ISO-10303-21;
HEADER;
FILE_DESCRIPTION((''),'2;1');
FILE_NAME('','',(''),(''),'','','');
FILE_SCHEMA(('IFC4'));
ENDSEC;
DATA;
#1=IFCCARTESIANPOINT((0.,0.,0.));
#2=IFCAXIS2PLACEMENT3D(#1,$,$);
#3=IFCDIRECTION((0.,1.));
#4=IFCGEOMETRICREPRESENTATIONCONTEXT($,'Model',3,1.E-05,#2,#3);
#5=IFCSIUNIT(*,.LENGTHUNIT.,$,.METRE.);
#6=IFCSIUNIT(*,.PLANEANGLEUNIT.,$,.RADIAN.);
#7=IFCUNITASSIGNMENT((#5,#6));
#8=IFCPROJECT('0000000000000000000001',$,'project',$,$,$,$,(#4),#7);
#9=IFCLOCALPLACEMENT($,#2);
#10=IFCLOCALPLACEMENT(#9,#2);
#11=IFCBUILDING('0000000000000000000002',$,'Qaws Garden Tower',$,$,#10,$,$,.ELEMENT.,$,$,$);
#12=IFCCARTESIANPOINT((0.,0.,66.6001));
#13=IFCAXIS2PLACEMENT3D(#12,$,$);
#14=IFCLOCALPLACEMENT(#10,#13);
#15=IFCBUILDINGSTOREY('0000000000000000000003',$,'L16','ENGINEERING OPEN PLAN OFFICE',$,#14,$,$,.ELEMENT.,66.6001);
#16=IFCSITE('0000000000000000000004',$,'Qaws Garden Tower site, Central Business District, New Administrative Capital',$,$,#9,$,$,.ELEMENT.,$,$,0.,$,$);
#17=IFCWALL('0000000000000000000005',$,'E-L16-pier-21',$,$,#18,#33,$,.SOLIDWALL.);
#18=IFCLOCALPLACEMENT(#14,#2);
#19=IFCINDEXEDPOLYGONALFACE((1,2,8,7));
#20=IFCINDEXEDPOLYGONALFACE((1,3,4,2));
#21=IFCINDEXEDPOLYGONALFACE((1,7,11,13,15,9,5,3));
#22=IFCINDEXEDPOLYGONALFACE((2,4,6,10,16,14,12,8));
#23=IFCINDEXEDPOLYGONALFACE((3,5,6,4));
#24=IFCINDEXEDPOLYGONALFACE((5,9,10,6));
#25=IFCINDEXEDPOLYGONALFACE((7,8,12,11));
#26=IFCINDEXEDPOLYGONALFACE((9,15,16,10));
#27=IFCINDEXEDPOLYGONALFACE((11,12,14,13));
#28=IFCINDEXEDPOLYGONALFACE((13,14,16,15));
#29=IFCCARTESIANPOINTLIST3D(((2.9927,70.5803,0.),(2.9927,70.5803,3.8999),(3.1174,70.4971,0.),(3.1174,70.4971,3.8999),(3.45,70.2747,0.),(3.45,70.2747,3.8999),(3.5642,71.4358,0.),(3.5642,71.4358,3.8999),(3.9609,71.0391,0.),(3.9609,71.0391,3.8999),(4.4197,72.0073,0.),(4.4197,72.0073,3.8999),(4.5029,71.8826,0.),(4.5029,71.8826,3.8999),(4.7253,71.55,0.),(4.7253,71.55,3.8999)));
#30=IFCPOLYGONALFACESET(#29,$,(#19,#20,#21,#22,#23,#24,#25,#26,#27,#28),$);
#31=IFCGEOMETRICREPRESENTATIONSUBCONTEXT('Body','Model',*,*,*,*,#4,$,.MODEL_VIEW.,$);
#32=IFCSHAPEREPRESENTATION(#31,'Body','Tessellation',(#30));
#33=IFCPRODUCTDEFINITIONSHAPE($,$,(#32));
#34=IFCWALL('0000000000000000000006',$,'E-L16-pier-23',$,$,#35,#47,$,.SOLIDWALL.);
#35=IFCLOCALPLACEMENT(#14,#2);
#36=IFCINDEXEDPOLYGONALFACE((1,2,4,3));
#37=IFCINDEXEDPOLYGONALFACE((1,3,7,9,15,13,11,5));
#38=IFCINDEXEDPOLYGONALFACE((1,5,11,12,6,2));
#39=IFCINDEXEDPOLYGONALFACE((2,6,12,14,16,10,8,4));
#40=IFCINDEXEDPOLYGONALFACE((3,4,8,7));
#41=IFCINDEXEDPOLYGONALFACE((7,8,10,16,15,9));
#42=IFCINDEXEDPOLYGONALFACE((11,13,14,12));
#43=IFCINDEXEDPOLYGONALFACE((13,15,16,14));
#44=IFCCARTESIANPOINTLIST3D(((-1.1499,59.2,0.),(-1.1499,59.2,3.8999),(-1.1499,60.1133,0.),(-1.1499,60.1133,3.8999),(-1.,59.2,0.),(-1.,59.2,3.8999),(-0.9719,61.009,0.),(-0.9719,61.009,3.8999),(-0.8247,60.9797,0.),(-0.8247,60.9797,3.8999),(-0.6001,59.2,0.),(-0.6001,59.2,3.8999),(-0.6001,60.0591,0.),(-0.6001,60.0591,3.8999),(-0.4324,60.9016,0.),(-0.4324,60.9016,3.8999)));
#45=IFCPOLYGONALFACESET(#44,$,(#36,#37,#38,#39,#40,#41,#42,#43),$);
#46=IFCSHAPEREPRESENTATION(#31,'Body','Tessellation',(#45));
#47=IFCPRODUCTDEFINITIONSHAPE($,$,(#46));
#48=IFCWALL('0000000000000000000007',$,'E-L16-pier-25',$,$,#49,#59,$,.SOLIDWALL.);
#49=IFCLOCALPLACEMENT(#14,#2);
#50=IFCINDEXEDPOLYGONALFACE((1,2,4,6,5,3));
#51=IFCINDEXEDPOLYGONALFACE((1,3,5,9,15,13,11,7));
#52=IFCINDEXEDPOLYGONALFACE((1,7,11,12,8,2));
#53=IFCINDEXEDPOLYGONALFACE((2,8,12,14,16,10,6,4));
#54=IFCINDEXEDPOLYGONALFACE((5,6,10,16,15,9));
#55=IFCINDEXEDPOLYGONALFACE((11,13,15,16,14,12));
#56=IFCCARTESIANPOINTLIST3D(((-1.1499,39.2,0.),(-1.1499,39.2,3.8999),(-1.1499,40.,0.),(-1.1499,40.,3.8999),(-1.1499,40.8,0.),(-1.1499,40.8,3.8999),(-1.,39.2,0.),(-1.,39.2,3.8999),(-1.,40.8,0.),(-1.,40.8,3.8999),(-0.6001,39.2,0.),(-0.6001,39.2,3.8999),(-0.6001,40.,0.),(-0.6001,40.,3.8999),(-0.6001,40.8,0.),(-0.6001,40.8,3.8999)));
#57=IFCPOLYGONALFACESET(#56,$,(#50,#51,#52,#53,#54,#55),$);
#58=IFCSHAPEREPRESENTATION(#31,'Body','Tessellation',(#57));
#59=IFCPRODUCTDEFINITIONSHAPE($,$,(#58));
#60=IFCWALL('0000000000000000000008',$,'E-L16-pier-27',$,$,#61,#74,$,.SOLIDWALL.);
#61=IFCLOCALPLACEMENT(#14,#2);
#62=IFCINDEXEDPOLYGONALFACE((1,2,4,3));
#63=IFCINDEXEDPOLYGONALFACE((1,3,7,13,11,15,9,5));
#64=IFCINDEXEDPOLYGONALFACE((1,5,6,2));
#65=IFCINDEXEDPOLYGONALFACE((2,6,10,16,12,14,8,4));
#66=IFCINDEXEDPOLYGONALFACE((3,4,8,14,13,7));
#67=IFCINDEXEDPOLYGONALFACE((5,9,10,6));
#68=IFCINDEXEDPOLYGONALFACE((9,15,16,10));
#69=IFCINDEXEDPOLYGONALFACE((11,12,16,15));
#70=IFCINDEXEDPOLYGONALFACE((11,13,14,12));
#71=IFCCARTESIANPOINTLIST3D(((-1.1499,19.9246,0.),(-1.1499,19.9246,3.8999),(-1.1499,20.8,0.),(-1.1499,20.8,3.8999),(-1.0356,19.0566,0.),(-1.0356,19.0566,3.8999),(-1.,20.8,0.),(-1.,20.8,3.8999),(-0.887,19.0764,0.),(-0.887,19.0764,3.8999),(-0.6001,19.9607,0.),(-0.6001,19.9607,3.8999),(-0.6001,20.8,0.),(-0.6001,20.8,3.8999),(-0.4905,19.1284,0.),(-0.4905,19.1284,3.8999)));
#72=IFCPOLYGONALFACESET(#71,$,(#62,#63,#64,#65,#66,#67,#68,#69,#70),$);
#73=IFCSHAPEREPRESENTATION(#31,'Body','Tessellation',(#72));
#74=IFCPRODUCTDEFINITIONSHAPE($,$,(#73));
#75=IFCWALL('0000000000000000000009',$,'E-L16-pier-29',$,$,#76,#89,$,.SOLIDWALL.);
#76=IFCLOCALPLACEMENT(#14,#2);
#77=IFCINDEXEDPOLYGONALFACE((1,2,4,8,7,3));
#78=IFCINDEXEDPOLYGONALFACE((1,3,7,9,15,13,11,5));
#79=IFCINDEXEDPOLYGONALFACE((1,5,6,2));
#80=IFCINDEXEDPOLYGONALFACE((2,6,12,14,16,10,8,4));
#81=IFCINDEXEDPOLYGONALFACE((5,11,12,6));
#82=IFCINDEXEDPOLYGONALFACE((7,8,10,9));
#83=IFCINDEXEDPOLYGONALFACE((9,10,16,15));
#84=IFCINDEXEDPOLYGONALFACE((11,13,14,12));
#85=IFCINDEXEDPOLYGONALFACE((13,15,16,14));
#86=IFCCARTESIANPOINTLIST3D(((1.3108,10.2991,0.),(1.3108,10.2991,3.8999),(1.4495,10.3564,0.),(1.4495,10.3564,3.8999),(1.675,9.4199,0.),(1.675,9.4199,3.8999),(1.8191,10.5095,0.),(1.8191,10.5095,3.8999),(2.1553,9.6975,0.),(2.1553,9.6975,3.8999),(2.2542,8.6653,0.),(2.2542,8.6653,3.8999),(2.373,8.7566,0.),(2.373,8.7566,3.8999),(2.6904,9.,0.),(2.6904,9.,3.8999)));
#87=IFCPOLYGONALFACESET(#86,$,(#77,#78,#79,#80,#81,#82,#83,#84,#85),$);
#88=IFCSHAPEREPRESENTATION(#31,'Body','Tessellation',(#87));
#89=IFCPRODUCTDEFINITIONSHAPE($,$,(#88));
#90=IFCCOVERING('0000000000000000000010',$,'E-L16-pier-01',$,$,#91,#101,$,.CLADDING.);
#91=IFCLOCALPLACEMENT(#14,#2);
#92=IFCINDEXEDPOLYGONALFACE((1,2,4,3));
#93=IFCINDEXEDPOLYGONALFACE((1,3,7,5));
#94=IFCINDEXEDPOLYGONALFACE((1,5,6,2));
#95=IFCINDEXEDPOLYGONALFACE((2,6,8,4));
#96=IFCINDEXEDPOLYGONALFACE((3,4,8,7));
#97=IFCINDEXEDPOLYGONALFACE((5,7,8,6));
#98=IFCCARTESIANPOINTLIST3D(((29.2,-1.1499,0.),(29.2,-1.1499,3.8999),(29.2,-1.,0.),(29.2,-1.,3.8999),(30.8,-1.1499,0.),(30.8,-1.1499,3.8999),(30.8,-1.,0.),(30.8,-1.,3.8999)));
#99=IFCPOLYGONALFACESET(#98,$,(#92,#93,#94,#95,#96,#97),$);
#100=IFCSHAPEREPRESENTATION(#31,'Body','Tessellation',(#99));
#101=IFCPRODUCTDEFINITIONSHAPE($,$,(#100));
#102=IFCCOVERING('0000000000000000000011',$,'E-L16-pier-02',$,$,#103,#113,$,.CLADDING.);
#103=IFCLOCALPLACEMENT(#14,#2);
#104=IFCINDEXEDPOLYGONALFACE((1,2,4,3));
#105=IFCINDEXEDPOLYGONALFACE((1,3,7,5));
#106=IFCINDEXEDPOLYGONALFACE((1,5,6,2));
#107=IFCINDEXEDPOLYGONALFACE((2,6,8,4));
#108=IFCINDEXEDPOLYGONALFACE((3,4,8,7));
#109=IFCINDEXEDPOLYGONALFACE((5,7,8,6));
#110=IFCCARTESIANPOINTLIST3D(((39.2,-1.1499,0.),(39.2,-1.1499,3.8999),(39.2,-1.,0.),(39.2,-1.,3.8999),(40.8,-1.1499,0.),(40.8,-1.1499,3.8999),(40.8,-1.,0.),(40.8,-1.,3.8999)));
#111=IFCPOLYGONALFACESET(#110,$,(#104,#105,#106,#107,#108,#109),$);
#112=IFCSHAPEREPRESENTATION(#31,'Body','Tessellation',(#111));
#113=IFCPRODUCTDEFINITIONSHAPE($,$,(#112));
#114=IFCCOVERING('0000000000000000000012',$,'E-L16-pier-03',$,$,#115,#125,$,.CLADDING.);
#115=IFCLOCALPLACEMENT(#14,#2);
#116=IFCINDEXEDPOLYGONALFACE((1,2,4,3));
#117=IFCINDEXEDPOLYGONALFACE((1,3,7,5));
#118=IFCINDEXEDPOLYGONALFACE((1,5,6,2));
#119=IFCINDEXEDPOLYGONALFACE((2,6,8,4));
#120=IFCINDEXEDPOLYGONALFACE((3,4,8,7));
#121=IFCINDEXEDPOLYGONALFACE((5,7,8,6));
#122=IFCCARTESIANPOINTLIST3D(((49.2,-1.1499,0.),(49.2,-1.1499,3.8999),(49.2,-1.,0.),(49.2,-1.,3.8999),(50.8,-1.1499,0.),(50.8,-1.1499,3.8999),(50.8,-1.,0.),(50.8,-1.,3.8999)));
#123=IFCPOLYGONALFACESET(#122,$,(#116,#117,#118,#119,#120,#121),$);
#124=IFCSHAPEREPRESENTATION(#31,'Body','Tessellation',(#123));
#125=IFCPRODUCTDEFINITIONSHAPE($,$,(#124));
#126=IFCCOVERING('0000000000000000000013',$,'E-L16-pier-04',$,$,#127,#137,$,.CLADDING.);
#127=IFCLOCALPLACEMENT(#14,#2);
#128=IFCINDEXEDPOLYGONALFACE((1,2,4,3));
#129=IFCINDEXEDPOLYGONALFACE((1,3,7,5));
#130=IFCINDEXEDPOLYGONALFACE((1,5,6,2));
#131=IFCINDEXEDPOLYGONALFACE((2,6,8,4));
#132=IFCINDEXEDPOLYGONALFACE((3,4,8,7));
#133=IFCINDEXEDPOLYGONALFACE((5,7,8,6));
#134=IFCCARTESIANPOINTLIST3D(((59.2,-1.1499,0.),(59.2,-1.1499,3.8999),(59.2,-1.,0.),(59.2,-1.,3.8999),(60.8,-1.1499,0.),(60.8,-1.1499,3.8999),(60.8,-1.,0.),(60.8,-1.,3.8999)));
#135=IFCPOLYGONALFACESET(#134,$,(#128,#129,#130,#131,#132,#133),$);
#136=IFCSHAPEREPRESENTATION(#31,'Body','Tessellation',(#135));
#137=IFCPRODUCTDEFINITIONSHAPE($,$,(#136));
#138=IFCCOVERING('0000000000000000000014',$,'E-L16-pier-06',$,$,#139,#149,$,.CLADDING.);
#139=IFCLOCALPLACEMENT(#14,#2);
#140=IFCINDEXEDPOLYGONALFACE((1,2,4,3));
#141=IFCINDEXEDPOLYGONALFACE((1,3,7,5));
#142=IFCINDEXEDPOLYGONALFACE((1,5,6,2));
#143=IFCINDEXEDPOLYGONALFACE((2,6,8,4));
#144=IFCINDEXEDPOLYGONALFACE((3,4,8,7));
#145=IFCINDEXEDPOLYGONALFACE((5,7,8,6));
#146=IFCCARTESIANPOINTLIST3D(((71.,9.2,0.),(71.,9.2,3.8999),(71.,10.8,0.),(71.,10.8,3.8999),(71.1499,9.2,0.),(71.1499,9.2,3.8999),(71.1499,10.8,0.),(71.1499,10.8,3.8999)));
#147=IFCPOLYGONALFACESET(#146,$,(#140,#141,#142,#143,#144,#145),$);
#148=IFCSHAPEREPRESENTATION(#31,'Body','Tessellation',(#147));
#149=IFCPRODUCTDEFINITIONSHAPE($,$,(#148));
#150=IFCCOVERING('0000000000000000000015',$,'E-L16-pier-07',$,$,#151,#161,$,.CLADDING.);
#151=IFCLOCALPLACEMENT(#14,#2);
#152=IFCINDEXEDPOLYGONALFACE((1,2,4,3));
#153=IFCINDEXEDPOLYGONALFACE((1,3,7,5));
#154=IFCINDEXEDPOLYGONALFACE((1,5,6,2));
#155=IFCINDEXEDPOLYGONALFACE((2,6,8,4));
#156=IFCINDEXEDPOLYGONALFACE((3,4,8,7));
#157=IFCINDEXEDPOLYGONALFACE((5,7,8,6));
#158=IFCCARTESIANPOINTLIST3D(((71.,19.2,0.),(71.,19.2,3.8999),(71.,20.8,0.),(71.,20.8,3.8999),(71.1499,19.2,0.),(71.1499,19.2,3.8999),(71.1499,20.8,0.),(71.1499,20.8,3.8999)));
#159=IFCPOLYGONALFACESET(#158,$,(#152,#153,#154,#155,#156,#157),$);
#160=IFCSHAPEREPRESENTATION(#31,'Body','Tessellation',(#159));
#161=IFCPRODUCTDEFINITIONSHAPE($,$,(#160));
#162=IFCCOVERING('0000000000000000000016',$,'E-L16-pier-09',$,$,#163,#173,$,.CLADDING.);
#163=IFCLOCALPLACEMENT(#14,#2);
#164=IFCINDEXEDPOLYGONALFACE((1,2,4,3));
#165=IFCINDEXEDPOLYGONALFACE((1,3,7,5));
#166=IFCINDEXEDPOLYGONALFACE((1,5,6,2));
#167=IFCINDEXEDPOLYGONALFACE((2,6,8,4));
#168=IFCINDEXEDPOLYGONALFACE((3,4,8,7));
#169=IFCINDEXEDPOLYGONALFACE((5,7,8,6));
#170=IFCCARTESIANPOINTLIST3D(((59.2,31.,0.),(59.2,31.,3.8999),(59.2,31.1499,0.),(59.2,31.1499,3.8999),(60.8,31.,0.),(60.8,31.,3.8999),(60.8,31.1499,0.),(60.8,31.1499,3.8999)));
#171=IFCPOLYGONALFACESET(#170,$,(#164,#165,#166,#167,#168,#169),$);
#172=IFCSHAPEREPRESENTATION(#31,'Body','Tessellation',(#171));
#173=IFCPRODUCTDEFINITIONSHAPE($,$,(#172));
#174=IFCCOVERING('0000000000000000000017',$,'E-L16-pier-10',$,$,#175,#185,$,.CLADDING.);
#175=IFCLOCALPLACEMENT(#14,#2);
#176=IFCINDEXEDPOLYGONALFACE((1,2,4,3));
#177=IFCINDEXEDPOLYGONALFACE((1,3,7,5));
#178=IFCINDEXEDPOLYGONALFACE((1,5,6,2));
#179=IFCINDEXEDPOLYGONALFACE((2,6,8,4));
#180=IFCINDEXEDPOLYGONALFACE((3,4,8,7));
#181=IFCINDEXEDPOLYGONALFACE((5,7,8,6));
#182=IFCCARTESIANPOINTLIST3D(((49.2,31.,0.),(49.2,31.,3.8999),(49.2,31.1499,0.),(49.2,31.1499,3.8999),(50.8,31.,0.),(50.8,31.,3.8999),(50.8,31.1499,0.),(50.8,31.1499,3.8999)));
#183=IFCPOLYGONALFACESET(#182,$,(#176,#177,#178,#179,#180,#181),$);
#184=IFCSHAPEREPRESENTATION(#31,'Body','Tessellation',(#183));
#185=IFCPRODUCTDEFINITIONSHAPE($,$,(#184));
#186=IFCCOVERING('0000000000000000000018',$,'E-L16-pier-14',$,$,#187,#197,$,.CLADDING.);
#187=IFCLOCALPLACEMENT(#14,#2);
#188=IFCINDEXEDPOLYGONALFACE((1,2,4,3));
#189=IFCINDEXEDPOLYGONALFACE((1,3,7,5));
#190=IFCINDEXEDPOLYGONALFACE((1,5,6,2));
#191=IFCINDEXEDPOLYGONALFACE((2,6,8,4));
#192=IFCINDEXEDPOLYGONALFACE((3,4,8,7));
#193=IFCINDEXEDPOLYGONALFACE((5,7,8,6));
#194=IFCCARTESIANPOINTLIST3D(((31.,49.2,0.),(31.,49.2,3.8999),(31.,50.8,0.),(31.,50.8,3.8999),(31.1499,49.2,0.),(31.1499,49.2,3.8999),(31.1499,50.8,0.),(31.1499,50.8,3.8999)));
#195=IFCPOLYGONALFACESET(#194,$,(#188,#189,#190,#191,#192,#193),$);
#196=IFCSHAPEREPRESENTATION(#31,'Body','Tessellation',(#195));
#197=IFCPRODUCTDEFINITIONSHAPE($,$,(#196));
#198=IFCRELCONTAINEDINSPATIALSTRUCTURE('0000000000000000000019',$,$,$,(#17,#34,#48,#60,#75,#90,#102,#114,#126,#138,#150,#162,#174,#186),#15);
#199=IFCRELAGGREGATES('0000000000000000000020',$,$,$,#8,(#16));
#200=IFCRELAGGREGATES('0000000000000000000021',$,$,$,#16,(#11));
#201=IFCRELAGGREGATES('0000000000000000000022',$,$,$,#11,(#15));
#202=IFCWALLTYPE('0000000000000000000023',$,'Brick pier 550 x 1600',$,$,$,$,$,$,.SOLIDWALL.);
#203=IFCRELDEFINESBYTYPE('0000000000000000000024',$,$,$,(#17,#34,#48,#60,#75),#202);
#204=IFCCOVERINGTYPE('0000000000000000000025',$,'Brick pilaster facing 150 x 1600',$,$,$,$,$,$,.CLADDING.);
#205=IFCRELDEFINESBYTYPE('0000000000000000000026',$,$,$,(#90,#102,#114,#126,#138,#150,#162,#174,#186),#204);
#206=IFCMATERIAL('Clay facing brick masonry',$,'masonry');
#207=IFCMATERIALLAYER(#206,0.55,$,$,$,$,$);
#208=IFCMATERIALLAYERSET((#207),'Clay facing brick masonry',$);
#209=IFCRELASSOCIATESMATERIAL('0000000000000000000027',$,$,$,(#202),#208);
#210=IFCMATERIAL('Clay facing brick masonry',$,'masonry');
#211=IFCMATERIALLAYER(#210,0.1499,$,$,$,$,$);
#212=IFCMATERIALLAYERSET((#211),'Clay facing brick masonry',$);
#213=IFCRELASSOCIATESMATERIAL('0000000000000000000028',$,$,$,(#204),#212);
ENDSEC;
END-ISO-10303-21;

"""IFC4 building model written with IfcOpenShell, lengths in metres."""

from ifc_helpers import new_model, si_unit, direction, frame, origin, place, context, subcontext, project, spatial, polyline, outline, extrude, material, layer, layer_set, type_object, element, save


model = new_model("IFC4")

# Units and contexts
model_context = context("Model", 3, precision=1e-05, world=origin(), true_north=direction((0.0, 1.0)))
body_context = subcontext(model_context, "Body", "Model", "MODEL_VIEW")
ifc_project = project(units=[si_unit("LENGTHUNIT", "METRE"), si_unit("PLANEANGLEUNIT", "RADIAN")], contexts=[model_context])

# Site, building, storey
site_placement = place(None, origin())
site = spatial("IfcSite", under=ifc_project, at=site_placement, Name="Qaws Garden Tower site, Central Business District, New Administrative Capital", CompositionType="ELEMENT", RefElevation=0.0)
building_placement = place(site_placement, origin())
building = spatial("IfcBuilding", under=site, at=building_placement, Name="Qaws Garden Tower", CompositionType="ELEMENT")
storey_placement = place(building_placement, frame((0.0, 0.0, 66.6001)))
storey = spatial("IfcBuildingStorey", under=building, at=storey_placement, Name="L16", Description="ENGINEERING OPEN PLAN OFFICE", CompositionType="ELEMENT", Elevation=66.6001)

# Walls
placement = place(storey_placement, origin())
ifc_material_1 = material(Name="Clay facing brick masonry", Category="masonry")
ifc_layer_1 = layer(ifc_material_1, 0.55)
ifc_layer_set_1 = layer_set([ifc_layer_1], Name="Clay facing brick masonry")
wall_type_1 = type_object("IfcWallType", Name="Brick pier 550 x 1600", PredefinedType="SOLIDWALL", material=ifc_layer_set_1)
element("IfcWall", 1, at=placement, inside=storey, type_object=wall_type_1, Name="E-L16-pier-21", PredefinedType="SOLIDWALL", context=body_context, shape_type="SweptSolid", body=[
    extrude(outline(polyline([(4.5029, 71.8826), (4.4197, 72.0073), (3.5642, 71.4358), (2.9927, 70.5803), (3.1174, 70.4971), (3.45, 70.2747), (3.9609, 71.0391), (4.7253, 71.55), (4.5029, 71.8826)])), origin(), (0.0, 0.0, 1.0), 3.8999),
])
element("IfcWall", 2, at=placement, inside=storey, type_object=wall_type_1, Name="E-L16-pier-23", PredefinedType="SOLIDWALL", context=body_context, shape_type="SweptSolid", body=[
    extrude(outline(polyline([(-0.8247, 60.9797), (-0.9719, 61.009), (-1.1499, 60.1133), (-1.1499, 59.2), (-1.0, 59.2), (-0.6001, 59.2), (-0.6001, 60.0591), (-0.4324, 60.9016), (-0.8247, 60.9797)])), origin(), (0.0, 0.0, 1.0), 3.8999),
])
element("IfcWall", 3, at=placement, inside=storey, type_object=wall_type_1, Name="E-L16-pier-25", PredefinedType="SOLIDWALL", context=body_context, shape_type="SweptSolid", body=[
    extrude(outline(polyline([(-1.0, 40.8), (-1.1499, 40.8), (-1.1499, 40.0), (-1.1499, 39.2), (-1.0, 39.2), (-0.6001, 39.2), (-0.6001, 40.0), (-0.6001, 40.8), (-1.0, 40.8)])), origin(), (0.0, 0.0, 1.0), 3.8999),
])
element("IfcWall", 4, at=placement, inside=storey, type_object=wall_type_1, Name="E-L16-pier-27", PredefinedType="SOLIDWALL", context=body_context, shape_type="SweptSolid", body=[
    extrude(outline(polyline([(-1.0, 20.8), (-1.1499, 20.8), (-1.1499, 19.9246), (-1.0356, 19.0566), (-0.887, 19.0764), (-0.4905, 19.1284), (-0.6001, 19.9607), (-0.6001, 20.8), (-1.0, 20.8)])), origin(), (0.0, 0.0, 1.0), 3.8999),
])
element("IfcWall", 5, at=placement, inside=storey, type_object=wall_type_1, Name="E-L16-pier-29", PredefinedType="SOLIDWALL", context=body_context, shape_type="SweptSolid", body=[
    extrude(outline(polyline([(1.4495, 10.3564), (1.3108, 10.2991), (1.675, 9.4199), (2.2542, 8.6653), (2.373, 8.7566), (2.6904, 9.0), (2.1553, 9.6975), (1.8191, 10.5095), (1.4495, 10.3564)])), origin(), (0.0, 0.0, 1.0), 3.8999),
])

# Coverings
ifc_material_2 = material(Name="Clay facing brick masonry", Category="masonry")
ifc_layer_2 = layer(ifc_material_2, 0.1499)
ifc_layer_set_2 = layer_set([ifc_layer_2], Name="Clay facing brick masonry")
covering_type = type_object("IfcCoveringType", Name="Brick pilaster facing 150 x 1600", PredefinedType="CLADDING", material=ifc_layer_set_2)
element("IfcCovering", 6, at=placement, inside=storey, type_object=covering_type, Name="E-L16-pier-01", PredefinedType="CLADDING", context=body_context, shape_type="SweptSolid", body=[
    extrude(outline(polyline([(29.2, -1.0), (30.8, -1.0), (30.8, -1.1499), (29.2, -1.1499), (29.2, -1.0)])), origin(), (0.0, 0.0, 1.0), 3.8999),
])
element("IfcCovering", 7, at=placement, inside=storey, type_object=covering_type, Name="E-L16-pier-02", PredefinedType="CLADDING", context=body_context, shape_type="SweptSolid", body=[
    extrude(outline(polyline([(39.2, -1.0), (40.8, -1.0), (40.8, -1.1499), (39.2, -1.1499), (39.2, -1.0)])), origin(), (0.0, 0.0, 1.0), 3.8999),
])
element("IfcCovering", 8, at=placement, inside=storey, type_object=covering_type, Name="E-L16-pier-03", PredefinedType="CLADDING", context=body_context, shape_type="SweptSolid", body=[
    extrude(outline(polyline([(49.2, -1.0), (50.8, -1.0), (50.8, -1.1499), (49.2, -1.1499), (49.2, -1.0)])), origin(), (0.0, 0.0, 1.0), 3.8999),
])
element("IfcCovering", 9, at=placement, inside=storey, type_object=covering_type, Name="E-L16-pier-04", PredefinedType="CLADDING", context=body_context, shape_type="SweptSolid", body=[
    extrude(outline(polyline([(59.2, -1.0), (60.8, -1.0), (60.8, -1.1499), (59.2, -1.1499), (59.2, -1.0)])), origin(), (0.0, 0.0, 1.0), 3.8999),
])
element("IfcCovering", 10, at=placement, inside=storey, type_object=covering_type, Name="E-L16-pier-06", PredefinedType="CLADDING", context=body_context, shape_type="SweptSolid", body=[
    extrude(outline(polyline([(71.0, 9.2), (71.0, 10.8), (71.1499, 10.8), (71.1499, 9.2), (71.0, 9.2)])), origin(), (0.0, 0.0, 1.0), 3.8999),
])
element("IfcCovering", 11, at=placement, inside=storey, type_object=covering_type, Name="E-L16-pier-07", PredefinedType="CLADDING", context=body_context, shape_type="SweptSolid", body=[
    extrude(outline(polyline([(71.0, 19.2), (71.0, 20.8), (71.1499, 20.8), (71.1499, 19.2), (71.0, 19.2)])), origin(), (0.0, 0.0, 1.0), 3.8999),
])
element("IfcCovering", 12, at=placement, inside=storey, type_object=covering_type, Name="E-L16-pier-09", PredefinedType="CLADDING", context=body_context, shape_type="SweptSolid", body=[
    extrude(outline(polyline([(60.8, 31.0), (59.2, 31.0), (59.2, 31.1499), (60.8, 31.1499), (60.8, 31.0)])), origin(), (0.0, 0.0, 1.0), 3.8999),
])
element("IfcCovering", 13, at=placement, inside=storey, type_object=covering_type, Name="E-L16-pier-10", PredefinedType="CLADDING", context=body_context, shape_type="SweptSolid", body=[
    extrude(outline(polyline([(50.8, 31.0), (49.2, 31.0), (49.2, 31.1499), (50.8, 31.1499), (50.8, 31.0)])), origin(), (0.0, 0.0, 1.0), 3.8999),
])
element("IfcCovering", 14, at=placement, inside=storey, type_object=covering_type, Name="E-L16-pier-14", PredefinedType="CLADDING", context=body_context, shape_type="SweptSolid", body=[
    extrude(outline(polyline([(31.0, 49.2), (31.0, 50.8), (31.1499, 50.8), (31.1499, 49.2), (31.0, 49.2)])), origin(), (0.0, 0.0, 1.0), 3.8999),
])

save(model, "model.ifc")
